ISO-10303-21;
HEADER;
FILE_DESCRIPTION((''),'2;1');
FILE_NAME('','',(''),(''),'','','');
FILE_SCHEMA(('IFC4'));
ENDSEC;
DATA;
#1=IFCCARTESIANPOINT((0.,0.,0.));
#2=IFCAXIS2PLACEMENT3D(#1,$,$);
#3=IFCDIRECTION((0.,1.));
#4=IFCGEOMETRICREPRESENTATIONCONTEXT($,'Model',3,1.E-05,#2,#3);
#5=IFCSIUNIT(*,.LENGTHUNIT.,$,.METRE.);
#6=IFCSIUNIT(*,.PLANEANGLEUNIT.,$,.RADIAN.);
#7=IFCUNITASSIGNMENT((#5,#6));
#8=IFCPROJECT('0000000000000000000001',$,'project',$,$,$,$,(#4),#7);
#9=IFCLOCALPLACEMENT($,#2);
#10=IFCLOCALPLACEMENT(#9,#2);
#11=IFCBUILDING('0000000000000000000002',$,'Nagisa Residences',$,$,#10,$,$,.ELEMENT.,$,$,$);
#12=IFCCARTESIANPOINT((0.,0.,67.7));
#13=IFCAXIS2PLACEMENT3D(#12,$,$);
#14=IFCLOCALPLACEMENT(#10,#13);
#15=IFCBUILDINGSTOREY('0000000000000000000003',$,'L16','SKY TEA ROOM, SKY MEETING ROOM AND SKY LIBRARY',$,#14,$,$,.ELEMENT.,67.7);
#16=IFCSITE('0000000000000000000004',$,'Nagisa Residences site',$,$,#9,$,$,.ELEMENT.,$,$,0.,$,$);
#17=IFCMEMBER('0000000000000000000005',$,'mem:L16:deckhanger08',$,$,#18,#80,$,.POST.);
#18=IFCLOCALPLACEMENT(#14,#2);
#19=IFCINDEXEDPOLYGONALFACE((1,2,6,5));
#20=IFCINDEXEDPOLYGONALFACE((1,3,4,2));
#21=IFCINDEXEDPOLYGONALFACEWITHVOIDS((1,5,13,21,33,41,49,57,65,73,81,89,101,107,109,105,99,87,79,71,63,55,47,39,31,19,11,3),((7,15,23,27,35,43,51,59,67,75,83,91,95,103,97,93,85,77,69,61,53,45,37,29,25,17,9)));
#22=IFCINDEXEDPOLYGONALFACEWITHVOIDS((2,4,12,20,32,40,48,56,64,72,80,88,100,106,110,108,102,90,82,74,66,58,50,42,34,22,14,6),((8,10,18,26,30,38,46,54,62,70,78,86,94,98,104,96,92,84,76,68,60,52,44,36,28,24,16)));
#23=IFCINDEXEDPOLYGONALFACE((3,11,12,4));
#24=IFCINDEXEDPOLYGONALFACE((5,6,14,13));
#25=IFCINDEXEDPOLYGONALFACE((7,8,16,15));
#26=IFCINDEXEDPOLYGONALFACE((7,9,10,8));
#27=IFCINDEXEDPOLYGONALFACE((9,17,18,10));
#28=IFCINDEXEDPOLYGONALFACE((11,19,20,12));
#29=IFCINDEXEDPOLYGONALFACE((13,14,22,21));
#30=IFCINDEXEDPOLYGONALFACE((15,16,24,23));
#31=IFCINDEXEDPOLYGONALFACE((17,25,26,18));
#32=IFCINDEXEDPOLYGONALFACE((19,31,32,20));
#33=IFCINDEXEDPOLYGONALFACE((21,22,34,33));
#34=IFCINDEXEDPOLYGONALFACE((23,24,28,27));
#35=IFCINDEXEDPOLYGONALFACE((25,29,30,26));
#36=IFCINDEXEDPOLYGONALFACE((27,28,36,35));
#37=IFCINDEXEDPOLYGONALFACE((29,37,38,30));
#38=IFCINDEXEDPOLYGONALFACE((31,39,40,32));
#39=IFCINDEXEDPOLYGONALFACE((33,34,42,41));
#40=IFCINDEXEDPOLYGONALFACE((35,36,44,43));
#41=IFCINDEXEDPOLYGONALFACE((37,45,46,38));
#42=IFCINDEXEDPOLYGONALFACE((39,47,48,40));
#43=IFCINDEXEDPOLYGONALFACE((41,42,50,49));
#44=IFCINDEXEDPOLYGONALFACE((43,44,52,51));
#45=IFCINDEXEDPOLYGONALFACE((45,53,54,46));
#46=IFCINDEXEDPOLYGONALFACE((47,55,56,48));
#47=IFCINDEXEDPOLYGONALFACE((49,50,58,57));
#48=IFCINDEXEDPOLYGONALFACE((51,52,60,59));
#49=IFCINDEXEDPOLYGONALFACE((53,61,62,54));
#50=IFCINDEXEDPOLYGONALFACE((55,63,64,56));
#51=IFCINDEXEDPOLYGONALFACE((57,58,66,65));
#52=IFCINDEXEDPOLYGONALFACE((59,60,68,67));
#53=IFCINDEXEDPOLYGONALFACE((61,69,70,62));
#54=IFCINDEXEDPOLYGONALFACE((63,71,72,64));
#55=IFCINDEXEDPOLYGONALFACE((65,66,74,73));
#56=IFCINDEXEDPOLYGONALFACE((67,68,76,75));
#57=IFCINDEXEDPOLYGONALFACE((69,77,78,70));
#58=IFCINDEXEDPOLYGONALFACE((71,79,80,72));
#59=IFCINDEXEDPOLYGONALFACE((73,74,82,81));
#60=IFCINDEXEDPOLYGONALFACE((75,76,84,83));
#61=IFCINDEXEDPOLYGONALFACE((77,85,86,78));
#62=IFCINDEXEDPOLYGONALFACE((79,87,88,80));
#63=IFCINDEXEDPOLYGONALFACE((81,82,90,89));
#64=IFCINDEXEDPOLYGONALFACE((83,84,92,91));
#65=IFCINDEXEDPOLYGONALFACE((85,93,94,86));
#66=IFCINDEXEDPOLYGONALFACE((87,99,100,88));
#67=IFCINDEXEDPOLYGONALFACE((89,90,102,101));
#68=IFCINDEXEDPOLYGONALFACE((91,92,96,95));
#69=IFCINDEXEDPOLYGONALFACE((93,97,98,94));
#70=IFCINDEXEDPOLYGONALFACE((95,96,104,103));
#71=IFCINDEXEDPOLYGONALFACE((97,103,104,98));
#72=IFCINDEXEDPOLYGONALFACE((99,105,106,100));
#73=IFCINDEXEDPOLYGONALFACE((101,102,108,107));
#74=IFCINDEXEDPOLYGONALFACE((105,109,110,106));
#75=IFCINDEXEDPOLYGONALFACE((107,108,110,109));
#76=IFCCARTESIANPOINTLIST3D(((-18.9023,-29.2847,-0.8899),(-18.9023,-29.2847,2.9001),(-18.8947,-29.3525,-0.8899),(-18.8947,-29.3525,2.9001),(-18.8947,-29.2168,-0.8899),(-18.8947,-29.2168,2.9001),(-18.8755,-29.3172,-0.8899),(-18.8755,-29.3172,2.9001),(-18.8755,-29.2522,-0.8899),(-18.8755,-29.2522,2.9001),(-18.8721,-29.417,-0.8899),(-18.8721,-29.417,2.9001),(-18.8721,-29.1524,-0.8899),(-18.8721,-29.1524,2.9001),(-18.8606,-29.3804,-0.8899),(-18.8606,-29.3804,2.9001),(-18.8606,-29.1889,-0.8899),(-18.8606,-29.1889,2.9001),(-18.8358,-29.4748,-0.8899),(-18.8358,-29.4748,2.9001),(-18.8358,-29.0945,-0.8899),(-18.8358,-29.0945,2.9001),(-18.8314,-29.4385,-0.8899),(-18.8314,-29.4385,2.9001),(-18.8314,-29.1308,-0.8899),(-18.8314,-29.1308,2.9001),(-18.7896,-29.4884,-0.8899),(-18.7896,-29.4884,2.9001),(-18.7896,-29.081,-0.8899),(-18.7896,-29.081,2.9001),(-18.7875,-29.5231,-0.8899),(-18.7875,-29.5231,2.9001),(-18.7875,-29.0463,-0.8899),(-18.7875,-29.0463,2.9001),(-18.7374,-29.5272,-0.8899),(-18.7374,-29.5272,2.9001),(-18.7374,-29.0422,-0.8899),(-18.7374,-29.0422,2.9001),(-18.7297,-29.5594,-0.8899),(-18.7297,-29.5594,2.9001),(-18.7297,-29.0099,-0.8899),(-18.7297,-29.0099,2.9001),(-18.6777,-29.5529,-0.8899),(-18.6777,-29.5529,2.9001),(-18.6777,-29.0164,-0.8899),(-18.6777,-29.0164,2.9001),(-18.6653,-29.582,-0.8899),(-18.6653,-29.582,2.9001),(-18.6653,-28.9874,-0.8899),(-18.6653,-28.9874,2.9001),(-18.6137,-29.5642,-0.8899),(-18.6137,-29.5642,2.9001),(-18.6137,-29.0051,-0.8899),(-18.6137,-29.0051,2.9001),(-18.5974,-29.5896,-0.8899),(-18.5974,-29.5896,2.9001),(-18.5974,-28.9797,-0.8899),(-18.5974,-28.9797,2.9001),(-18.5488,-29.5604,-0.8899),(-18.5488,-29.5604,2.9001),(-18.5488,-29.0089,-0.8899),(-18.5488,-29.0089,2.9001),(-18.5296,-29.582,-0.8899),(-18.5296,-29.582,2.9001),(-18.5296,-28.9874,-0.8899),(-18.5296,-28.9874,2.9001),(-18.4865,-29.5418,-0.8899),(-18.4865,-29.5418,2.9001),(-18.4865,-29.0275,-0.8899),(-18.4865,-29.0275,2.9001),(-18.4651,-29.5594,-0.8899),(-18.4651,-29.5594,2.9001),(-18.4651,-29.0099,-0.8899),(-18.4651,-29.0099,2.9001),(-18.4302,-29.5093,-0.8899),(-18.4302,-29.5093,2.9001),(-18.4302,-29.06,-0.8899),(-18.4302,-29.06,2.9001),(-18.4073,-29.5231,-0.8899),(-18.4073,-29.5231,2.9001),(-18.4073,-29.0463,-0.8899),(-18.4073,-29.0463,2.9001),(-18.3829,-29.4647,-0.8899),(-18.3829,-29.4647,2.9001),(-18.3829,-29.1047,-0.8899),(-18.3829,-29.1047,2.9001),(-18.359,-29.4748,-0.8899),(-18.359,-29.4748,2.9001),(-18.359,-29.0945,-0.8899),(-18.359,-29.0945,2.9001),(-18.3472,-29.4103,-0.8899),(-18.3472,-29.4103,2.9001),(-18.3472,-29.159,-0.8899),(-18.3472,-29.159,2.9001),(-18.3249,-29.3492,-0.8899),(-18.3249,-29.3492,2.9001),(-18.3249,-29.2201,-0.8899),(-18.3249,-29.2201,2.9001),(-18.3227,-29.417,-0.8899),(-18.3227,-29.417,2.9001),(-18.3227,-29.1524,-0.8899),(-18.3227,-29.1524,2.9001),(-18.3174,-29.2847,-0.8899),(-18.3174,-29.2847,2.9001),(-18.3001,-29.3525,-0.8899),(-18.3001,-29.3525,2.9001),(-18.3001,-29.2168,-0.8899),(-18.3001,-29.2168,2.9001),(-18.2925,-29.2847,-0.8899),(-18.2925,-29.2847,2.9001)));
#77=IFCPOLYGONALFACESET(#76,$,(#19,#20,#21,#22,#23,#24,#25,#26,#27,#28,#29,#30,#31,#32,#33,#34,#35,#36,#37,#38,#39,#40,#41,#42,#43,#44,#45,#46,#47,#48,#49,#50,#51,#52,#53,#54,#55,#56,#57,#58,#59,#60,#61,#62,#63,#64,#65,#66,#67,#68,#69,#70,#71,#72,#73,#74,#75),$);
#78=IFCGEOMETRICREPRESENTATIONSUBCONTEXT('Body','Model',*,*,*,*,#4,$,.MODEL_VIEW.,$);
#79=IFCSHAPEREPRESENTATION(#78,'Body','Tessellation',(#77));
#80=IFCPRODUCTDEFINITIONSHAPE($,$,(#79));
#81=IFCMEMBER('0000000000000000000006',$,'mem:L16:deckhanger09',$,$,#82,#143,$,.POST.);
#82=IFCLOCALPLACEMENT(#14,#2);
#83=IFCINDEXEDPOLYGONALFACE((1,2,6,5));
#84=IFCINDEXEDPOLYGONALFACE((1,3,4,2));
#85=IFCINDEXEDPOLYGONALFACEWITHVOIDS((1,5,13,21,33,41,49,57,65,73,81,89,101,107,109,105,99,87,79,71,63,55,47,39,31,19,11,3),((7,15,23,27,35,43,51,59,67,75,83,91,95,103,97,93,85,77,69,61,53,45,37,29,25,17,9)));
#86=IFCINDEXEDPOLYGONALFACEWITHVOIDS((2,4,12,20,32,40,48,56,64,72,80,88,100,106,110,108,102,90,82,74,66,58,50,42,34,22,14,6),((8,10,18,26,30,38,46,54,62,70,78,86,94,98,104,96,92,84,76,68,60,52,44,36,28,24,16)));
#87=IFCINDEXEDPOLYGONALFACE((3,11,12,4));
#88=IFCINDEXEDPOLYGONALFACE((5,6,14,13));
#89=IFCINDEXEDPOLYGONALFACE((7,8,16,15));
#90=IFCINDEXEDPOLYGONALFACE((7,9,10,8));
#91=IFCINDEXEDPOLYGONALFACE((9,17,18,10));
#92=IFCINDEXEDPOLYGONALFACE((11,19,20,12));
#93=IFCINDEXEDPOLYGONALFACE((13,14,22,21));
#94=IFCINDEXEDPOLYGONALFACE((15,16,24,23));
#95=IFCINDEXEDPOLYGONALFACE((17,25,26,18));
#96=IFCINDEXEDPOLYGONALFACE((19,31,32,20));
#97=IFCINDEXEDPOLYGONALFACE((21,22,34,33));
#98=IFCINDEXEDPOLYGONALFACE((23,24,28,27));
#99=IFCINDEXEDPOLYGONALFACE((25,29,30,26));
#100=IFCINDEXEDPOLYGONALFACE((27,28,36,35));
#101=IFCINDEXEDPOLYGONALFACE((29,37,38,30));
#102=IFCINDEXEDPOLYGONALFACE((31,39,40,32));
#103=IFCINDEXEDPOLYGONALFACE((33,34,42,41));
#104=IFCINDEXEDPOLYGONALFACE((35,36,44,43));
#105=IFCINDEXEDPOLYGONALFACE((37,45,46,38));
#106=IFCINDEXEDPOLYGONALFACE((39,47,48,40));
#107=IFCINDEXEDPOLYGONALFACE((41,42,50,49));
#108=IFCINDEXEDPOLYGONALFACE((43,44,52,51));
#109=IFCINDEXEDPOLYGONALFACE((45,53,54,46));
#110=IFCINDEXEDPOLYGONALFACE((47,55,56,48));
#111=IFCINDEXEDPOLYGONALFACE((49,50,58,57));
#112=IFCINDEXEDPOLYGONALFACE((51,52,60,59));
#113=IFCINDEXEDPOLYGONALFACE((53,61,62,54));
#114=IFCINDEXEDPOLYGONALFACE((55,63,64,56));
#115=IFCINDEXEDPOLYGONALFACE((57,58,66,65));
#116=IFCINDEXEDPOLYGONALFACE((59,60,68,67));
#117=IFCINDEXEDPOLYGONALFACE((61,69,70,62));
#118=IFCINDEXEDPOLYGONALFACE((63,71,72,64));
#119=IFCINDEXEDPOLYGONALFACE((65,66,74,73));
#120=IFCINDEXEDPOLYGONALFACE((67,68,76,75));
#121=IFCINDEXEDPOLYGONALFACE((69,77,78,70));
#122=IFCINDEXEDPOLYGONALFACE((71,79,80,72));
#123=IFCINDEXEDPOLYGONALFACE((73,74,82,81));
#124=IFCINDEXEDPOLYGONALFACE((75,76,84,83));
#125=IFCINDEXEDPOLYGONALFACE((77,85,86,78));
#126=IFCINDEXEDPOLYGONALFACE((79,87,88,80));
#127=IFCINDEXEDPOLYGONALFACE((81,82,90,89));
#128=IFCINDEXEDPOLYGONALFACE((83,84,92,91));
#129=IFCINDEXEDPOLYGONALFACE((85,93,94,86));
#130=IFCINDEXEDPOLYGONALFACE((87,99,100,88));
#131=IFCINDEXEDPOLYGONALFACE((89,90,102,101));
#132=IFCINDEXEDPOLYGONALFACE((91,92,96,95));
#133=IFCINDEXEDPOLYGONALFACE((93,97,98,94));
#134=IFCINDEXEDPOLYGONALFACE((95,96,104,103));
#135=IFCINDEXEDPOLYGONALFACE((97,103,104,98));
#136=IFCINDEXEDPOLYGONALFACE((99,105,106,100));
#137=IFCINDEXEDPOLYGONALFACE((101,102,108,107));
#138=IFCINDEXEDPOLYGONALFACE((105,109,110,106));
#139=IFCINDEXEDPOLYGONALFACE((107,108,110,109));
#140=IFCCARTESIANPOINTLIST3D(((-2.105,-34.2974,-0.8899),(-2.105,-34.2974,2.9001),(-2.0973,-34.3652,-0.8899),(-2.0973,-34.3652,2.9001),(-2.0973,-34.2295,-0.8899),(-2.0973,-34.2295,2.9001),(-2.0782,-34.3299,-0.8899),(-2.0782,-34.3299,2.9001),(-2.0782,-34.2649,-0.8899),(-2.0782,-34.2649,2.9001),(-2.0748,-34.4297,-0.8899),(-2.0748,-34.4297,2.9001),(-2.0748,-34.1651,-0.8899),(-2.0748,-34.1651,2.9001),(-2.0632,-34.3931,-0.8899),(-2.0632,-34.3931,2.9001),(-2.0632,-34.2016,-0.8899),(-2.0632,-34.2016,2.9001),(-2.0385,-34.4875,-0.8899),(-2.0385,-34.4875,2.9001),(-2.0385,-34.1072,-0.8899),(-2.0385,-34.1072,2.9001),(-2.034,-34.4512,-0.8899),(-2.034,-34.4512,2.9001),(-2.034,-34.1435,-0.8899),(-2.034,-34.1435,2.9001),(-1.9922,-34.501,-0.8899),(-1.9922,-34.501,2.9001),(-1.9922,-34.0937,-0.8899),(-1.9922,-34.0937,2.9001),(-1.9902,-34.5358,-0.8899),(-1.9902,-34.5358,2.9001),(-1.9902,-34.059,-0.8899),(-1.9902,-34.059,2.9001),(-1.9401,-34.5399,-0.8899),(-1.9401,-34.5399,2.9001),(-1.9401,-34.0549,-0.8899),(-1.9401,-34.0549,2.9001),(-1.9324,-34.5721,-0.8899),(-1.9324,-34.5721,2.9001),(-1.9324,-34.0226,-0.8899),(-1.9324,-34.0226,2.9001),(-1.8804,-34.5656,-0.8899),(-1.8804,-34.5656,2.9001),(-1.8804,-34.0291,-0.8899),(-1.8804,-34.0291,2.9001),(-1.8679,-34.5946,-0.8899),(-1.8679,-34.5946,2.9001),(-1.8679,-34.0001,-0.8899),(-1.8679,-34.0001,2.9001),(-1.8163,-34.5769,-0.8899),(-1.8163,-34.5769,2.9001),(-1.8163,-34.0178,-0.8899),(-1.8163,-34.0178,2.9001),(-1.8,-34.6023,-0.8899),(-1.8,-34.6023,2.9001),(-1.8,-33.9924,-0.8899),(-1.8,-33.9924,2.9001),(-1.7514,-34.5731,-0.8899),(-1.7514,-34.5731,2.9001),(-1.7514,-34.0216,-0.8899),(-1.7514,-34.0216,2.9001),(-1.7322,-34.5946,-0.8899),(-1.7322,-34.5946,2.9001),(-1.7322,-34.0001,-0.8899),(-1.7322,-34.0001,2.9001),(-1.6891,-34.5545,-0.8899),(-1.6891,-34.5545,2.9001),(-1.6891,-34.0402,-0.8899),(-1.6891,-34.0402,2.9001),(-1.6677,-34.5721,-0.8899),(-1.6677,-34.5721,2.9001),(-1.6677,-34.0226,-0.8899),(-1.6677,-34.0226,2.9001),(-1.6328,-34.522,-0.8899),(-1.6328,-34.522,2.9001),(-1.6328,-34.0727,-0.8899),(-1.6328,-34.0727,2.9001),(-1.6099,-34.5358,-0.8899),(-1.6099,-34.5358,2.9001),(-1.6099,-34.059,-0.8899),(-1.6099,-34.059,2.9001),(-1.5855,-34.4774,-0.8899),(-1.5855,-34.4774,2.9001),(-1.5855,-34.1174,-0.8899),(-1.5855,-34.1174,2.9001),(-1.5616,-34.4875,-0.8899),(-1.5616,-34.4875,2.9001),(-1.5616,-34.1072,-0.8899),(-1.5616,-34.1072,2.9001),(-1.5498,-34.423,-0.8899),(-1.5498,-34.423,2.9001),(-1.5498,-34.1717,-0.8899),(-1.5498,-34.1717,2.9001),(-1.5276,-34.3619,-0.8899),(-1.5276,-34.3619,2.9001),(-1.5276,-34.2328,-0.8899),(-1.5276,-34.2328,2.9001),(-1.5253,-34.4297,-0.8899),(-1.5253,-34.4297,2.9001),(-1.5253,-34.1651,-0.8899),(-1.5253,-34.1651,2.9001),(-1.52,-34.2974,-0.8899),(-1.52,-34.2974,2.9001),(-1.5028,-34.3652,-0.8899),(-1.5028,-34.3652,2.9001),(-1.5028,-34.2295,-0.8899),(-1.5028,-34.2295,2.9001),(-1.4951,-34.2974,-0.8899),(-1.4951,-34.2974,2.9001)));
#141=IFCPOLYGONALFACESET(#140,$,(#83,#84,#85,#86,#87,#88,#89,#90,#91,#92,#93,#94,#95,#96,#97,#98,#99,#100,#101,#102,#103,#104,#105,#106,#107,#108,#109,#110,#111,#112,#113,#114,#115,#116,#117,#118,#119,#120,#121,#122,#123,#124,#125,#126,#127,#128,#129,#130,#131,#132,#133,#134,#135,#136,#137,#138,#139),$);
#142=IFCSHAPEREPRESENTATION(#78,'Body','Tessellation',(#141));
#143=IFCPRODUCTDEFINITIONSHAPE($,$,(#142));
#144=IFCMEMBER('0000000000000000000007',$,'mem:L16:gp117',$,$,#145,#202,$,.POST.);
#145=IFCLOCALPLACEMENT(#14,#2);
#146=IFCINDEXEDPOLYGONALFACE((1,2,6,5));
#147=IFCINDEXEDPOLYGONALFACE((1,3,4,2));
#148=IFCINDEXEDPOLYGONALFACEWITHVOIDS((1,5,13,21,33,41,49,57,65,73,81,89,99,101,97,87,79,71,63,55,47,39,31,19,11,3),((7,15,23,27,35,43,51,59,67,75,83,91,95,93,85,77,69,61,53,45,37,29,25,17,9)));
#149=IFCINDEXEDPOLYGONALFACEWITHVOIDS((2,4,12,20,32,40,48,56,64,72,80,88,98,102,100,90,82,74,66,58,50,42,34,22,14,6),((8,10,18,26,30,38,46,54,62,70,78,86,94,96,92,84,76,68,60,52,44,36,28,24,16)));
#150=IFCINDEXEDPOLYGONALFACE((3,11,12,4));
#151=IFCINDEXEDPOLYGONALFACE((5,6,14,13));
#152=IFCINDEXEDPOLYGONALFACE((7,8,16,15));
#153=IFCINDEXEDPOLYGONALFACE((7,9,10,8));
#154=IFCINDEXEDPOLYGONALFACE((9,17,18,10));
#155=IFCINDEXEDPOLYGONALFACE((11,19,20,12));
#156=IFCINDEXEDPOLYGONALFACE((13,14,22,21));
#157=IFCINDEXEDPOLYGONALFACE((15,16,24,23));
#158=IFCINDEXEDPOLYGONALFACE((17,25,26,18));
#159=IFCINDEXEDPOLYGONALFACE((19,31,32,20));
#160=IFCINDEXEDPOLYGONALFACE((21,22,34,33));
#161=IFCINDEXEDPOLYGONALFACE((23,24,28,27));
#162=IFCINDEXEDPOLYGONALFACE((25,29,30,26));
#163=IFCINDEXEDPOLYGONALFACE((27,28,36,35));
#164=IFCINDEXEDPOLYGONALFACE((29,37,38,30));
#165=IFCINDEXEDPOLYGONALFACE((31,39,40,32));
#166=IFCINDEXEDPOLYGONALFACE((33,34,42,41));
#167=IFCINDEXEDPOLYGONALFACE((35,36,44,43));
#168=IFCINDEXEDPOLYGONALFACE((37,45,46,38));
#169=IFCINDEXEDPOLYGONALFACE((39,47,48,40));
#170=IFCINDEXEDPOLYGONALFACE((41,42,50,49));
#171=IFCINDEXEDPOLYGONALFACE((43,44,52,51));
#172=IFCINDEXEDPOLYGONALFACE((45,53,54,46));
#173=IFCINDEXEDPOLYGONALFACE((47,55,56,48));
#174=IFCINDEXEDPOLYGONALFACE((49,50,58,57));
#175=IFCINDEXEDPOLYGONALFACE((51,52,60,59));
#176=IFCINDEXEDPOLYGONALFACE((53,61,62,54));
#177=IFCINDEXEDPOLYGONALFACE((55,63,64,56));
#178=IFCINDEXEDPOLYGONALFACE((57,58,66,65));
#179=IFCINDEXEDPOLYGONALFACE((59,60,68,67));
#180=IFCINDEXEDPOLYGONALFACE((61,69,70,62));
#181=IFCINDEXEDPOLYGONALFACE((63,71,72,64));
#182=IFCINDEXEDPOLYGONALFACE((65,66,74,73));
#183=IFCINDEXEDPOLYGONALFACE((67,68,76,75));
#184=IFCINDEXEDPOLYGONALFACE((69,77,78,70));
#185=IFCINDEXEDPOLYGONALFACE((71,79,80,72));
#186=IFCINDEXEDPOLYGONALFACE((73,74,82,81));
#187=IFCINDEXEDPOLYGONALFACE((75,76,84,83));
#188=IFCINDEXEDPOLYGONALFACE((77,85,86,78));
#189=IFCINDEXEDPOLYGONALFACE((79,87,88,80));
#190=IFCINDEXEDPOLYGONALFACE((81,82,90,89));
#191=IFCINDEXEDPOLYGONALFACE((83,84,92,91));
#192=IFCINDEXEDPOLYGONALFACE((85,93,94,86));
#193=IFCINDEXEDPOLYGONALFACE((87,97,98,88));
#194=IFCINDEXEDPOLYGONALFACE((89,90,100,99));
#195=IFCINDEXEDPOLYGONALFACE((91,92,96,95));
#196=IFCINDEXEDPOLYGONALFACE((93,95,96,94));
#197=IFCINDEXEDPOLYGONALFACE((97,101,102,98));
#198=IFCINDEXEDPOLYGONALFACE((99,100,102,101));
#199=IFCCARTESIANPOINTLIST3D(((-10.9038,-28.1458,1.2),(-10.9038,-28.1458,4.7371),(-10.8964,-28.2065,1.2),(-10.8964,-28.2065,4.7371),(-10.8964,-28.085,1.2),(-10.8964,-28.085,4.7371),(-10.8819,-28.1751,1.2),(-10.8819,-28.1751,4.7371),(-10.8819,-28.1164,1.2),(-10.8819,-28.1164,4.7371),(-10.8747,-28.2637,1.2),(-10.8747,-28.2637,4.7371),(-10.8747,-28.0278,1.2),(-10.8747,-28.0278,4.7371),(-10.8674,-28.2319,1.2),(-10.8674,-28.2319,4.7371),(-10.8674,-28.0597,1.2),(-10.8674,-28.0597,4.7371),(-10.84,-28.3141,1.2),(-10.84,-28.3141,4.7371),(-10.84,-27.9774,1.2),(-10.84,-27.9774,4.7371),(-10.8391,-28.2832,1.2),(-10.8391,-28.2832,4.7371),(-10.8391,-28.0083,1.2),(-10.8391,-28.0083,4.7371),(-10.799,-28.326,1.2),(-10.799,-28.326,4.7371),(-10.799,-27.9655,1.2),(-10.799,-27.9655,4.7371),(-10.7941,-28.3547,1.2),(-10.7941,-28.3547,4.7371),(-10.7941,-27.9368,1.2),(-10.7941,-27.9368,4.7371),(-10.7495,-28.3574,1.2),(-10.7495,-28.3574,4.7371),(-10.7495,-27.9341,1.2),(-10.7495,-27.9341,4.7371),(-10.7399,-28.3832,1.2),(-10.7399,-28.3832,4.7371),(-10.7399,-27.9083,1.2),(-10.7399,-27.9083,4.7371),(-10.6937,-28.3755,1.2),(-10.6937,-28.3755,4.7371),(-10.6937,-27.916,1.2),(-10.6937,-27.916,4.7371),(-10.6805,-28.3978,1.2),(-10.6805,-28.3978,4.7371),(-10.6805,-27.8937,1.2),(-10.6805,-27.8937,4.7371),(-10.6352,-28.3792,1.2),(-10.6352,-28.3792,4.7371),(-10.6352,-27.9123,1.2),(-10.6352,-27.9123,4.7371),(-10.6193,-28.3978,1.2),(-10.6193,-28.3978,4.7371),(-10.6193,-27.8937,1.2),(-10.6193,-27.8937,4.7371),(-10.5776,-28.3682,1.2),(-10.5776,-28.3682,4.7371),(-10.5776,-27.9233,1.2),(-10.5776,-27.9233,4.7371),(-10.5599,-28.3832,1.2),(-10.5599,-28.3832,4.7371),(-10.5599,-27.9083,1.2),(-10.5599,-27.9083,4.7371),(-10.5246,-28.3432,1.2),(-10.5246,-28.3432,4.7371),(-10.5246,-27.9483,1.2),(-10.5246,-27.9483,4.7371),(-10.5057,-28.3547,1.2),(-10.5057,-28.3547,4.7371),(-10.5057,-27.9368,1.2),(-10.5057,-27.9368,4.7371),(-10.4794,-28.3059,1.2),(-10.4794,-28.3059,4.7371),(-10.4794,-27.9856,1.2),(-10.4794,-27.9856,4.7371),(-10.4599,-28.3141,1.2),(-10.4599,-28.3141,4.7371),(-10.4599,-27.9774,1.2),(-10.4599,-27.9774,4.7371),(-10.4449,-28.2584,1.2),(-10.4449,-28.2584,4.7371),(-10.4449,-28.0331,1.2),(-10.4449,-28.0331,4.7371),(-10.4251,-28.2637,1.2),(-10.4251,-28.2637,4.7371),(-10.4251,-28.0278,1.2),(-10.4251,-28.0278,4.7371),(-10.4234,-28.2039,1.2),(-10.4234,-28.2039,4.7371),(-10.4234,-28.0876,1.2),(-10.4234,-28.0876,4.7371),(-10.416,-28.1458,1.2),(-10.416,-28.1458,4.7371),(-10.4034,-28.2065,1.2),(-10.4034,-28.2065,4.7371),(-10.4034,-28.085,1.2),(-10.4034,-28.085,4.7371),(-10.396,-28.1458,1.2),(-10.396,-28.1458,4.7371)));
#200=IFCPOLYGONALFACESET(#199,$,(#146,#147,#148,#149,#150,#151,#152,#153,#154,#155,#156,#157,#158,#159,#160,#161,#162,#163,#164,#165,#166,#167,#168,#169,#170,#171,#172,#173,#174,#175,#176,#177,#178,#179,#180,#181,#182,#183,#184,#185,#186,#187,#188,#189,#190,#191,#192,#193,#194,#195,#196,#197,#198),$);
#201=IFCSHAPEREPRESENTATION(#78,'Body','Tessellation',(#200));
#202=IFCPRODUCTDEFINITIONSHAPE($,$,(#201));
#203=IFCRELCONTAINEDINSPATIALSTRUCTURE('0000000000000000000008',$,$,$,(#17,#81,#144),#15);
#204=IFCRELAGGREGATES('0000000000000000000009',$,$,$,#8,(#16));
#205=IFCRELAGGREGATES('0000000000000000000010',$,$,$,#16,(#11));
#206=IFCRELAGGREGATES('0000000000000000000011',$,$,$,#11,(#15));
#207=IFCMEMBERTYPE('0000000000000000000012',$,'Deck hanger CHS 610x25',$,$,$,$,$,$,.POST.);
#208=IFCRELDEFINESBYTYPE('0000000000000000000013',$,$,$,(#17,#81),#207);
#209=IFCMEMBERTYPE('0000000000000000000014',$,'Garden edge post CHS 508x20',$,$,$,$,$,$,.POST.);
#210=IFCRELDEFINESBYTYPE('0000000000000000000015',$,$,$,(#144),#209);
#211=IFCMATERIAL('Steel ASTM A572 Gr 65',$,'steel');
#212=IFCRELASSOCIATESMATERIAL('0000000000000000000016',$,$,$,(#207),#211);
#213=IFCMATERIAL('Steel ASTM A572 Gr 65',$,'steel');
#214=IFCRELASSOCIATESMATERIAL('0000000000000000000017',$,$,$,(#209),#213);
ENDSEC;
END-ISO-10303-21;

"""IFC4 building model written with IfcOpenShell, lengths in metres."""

from ifc_helpers import new_model, si_unit, direction, frame, origin, origin_2d, place, context, subcontext, project, spatial, hollow_circle, extrude, material, material_profile, profile_set, type_object, element, save


model = new_model("IFC4")

# Units and contexts
model_context = context("Model", 3, precision=1e-05, world=origin(), true_north=direction((0.0, 1.0)))
body_context = subcontext(model_context, "Body", "Model", "MODEL_VIEW")
ifc_project = project(units=[si_unit("LENGTHUNIT", "METRE"), si_unit("PLANEANGLEUNIT", "RADIAN")], contexts=[model_context])

# Site, building, storey
site_placement = place(None, origin())
site = spatial("IfcSite", under=ifc_project, at=site_placement, Name="Nagisa Residences site", CompositionType="ELEMENT", RefElevation=0.0)
building_placement = place(site_placement, origin())
building = spatial("IfcBuilding", under=site, at=building_placement, Name="Nagisa Residences", CompositionType="ELEMENT")
storey_placement = place(building_placement, frame((0.0, 0.0, 67.7)))
storey = spatial("IfcBuildingStorey", under=building, at=storey_placement, Name="L16", Description="SKY TEA ROOM, SKY MEETING ROOM AND SKY LIBRARY", CompositionType="ELEMENT", Elevation=67.7)

# Members
ifc_material_1 = material(Name="Steel ASTM A572 Gr 65", Category="steel")
ifc_material_profile_1 = material_profile(ifc_material_1, hollow_circle(Radius=0.3049, WallThickness=0.0249, at=origin_2d()), Name="CHS 610x25")
ifc_profile_set_1 = profile_set([ifc_material_profile_1], Name="Steel ASTM A572 Gr 65")
member_type_1 = type_object("IfcMemberType", Name="Deck hanger CHS 610x25", PredefinedType="POST", material=ifc_profile_set_1)
for number, where, z_axis, x_axis, name in (
    (1, (-18.5974, -29.2847, 2.9001), (0.0, 0.0, -1.0), (1.0, 0.0, 0.0), "mem:L16:deckhanger08"),
    (2, (-1.8, -34.2974, 2.9001), (0.0, 0.0, -1.0), (1.0, 0.0, 0.0), "mem:L16:deckhanger09"),
):
    element("IfcMember", number, at=place(storey_placement, frame(where, z_axis=z_axis, x_axis=x_axis)), inside=storey, type_object=member_type_1, Name=name, PredefinedType="POST", context=body_context, shape_type="SweptSolid", body=[
        extrude(hollow_circle(Radius=0.3049, WallThickness=0.0249, at=origin_2d()), origin(), (0.0, 0.0, 1.0), 3.79),
    ])
ifc_material_2 = material(Name="Steel ASTM A572 Gr 65", Category="steel")
ifc_material_profile_2 = material_profile(ifc_material_2, hollow_circle(Radius=0.2539, WallThickness=0.02, at=origin_2d()), Name="CHS 508x20")
ifc_profile_set_2 = profile_set([ifc_material_profile_2], Name="Steel ASTM A572 Gr 65")
member_type_2 = type_object("IfcMemberType", Name="Garden edge post CHS 508x20", PredefinedType="POST", material=ifc_profile_set_2)
for number, where, z_axis, x_axis, name in (
    (3, (-10.6499, -28.1458, 1.2), (0.0, 0.0, 1.0), (1.0, 0.0, 0.0), "mem:L16:gp117"),
):
    element("IfcMember", number, at=place(storey_placement, frame(where, z_axis=z_axis, x_axis=x_axis)), inside=storey, type_object=member_type_2, Name=name, PredefinedType="POST", context=body_context, shape_type="SweptSolid", body=[
        extrude(hollow_circle(Radius=0.2539, WallThickness=0.02, at=origin_2d()), origin(), (0.0, 0.0, 1.0), 3.5371),
    ])

save(model, "model.ifc")
